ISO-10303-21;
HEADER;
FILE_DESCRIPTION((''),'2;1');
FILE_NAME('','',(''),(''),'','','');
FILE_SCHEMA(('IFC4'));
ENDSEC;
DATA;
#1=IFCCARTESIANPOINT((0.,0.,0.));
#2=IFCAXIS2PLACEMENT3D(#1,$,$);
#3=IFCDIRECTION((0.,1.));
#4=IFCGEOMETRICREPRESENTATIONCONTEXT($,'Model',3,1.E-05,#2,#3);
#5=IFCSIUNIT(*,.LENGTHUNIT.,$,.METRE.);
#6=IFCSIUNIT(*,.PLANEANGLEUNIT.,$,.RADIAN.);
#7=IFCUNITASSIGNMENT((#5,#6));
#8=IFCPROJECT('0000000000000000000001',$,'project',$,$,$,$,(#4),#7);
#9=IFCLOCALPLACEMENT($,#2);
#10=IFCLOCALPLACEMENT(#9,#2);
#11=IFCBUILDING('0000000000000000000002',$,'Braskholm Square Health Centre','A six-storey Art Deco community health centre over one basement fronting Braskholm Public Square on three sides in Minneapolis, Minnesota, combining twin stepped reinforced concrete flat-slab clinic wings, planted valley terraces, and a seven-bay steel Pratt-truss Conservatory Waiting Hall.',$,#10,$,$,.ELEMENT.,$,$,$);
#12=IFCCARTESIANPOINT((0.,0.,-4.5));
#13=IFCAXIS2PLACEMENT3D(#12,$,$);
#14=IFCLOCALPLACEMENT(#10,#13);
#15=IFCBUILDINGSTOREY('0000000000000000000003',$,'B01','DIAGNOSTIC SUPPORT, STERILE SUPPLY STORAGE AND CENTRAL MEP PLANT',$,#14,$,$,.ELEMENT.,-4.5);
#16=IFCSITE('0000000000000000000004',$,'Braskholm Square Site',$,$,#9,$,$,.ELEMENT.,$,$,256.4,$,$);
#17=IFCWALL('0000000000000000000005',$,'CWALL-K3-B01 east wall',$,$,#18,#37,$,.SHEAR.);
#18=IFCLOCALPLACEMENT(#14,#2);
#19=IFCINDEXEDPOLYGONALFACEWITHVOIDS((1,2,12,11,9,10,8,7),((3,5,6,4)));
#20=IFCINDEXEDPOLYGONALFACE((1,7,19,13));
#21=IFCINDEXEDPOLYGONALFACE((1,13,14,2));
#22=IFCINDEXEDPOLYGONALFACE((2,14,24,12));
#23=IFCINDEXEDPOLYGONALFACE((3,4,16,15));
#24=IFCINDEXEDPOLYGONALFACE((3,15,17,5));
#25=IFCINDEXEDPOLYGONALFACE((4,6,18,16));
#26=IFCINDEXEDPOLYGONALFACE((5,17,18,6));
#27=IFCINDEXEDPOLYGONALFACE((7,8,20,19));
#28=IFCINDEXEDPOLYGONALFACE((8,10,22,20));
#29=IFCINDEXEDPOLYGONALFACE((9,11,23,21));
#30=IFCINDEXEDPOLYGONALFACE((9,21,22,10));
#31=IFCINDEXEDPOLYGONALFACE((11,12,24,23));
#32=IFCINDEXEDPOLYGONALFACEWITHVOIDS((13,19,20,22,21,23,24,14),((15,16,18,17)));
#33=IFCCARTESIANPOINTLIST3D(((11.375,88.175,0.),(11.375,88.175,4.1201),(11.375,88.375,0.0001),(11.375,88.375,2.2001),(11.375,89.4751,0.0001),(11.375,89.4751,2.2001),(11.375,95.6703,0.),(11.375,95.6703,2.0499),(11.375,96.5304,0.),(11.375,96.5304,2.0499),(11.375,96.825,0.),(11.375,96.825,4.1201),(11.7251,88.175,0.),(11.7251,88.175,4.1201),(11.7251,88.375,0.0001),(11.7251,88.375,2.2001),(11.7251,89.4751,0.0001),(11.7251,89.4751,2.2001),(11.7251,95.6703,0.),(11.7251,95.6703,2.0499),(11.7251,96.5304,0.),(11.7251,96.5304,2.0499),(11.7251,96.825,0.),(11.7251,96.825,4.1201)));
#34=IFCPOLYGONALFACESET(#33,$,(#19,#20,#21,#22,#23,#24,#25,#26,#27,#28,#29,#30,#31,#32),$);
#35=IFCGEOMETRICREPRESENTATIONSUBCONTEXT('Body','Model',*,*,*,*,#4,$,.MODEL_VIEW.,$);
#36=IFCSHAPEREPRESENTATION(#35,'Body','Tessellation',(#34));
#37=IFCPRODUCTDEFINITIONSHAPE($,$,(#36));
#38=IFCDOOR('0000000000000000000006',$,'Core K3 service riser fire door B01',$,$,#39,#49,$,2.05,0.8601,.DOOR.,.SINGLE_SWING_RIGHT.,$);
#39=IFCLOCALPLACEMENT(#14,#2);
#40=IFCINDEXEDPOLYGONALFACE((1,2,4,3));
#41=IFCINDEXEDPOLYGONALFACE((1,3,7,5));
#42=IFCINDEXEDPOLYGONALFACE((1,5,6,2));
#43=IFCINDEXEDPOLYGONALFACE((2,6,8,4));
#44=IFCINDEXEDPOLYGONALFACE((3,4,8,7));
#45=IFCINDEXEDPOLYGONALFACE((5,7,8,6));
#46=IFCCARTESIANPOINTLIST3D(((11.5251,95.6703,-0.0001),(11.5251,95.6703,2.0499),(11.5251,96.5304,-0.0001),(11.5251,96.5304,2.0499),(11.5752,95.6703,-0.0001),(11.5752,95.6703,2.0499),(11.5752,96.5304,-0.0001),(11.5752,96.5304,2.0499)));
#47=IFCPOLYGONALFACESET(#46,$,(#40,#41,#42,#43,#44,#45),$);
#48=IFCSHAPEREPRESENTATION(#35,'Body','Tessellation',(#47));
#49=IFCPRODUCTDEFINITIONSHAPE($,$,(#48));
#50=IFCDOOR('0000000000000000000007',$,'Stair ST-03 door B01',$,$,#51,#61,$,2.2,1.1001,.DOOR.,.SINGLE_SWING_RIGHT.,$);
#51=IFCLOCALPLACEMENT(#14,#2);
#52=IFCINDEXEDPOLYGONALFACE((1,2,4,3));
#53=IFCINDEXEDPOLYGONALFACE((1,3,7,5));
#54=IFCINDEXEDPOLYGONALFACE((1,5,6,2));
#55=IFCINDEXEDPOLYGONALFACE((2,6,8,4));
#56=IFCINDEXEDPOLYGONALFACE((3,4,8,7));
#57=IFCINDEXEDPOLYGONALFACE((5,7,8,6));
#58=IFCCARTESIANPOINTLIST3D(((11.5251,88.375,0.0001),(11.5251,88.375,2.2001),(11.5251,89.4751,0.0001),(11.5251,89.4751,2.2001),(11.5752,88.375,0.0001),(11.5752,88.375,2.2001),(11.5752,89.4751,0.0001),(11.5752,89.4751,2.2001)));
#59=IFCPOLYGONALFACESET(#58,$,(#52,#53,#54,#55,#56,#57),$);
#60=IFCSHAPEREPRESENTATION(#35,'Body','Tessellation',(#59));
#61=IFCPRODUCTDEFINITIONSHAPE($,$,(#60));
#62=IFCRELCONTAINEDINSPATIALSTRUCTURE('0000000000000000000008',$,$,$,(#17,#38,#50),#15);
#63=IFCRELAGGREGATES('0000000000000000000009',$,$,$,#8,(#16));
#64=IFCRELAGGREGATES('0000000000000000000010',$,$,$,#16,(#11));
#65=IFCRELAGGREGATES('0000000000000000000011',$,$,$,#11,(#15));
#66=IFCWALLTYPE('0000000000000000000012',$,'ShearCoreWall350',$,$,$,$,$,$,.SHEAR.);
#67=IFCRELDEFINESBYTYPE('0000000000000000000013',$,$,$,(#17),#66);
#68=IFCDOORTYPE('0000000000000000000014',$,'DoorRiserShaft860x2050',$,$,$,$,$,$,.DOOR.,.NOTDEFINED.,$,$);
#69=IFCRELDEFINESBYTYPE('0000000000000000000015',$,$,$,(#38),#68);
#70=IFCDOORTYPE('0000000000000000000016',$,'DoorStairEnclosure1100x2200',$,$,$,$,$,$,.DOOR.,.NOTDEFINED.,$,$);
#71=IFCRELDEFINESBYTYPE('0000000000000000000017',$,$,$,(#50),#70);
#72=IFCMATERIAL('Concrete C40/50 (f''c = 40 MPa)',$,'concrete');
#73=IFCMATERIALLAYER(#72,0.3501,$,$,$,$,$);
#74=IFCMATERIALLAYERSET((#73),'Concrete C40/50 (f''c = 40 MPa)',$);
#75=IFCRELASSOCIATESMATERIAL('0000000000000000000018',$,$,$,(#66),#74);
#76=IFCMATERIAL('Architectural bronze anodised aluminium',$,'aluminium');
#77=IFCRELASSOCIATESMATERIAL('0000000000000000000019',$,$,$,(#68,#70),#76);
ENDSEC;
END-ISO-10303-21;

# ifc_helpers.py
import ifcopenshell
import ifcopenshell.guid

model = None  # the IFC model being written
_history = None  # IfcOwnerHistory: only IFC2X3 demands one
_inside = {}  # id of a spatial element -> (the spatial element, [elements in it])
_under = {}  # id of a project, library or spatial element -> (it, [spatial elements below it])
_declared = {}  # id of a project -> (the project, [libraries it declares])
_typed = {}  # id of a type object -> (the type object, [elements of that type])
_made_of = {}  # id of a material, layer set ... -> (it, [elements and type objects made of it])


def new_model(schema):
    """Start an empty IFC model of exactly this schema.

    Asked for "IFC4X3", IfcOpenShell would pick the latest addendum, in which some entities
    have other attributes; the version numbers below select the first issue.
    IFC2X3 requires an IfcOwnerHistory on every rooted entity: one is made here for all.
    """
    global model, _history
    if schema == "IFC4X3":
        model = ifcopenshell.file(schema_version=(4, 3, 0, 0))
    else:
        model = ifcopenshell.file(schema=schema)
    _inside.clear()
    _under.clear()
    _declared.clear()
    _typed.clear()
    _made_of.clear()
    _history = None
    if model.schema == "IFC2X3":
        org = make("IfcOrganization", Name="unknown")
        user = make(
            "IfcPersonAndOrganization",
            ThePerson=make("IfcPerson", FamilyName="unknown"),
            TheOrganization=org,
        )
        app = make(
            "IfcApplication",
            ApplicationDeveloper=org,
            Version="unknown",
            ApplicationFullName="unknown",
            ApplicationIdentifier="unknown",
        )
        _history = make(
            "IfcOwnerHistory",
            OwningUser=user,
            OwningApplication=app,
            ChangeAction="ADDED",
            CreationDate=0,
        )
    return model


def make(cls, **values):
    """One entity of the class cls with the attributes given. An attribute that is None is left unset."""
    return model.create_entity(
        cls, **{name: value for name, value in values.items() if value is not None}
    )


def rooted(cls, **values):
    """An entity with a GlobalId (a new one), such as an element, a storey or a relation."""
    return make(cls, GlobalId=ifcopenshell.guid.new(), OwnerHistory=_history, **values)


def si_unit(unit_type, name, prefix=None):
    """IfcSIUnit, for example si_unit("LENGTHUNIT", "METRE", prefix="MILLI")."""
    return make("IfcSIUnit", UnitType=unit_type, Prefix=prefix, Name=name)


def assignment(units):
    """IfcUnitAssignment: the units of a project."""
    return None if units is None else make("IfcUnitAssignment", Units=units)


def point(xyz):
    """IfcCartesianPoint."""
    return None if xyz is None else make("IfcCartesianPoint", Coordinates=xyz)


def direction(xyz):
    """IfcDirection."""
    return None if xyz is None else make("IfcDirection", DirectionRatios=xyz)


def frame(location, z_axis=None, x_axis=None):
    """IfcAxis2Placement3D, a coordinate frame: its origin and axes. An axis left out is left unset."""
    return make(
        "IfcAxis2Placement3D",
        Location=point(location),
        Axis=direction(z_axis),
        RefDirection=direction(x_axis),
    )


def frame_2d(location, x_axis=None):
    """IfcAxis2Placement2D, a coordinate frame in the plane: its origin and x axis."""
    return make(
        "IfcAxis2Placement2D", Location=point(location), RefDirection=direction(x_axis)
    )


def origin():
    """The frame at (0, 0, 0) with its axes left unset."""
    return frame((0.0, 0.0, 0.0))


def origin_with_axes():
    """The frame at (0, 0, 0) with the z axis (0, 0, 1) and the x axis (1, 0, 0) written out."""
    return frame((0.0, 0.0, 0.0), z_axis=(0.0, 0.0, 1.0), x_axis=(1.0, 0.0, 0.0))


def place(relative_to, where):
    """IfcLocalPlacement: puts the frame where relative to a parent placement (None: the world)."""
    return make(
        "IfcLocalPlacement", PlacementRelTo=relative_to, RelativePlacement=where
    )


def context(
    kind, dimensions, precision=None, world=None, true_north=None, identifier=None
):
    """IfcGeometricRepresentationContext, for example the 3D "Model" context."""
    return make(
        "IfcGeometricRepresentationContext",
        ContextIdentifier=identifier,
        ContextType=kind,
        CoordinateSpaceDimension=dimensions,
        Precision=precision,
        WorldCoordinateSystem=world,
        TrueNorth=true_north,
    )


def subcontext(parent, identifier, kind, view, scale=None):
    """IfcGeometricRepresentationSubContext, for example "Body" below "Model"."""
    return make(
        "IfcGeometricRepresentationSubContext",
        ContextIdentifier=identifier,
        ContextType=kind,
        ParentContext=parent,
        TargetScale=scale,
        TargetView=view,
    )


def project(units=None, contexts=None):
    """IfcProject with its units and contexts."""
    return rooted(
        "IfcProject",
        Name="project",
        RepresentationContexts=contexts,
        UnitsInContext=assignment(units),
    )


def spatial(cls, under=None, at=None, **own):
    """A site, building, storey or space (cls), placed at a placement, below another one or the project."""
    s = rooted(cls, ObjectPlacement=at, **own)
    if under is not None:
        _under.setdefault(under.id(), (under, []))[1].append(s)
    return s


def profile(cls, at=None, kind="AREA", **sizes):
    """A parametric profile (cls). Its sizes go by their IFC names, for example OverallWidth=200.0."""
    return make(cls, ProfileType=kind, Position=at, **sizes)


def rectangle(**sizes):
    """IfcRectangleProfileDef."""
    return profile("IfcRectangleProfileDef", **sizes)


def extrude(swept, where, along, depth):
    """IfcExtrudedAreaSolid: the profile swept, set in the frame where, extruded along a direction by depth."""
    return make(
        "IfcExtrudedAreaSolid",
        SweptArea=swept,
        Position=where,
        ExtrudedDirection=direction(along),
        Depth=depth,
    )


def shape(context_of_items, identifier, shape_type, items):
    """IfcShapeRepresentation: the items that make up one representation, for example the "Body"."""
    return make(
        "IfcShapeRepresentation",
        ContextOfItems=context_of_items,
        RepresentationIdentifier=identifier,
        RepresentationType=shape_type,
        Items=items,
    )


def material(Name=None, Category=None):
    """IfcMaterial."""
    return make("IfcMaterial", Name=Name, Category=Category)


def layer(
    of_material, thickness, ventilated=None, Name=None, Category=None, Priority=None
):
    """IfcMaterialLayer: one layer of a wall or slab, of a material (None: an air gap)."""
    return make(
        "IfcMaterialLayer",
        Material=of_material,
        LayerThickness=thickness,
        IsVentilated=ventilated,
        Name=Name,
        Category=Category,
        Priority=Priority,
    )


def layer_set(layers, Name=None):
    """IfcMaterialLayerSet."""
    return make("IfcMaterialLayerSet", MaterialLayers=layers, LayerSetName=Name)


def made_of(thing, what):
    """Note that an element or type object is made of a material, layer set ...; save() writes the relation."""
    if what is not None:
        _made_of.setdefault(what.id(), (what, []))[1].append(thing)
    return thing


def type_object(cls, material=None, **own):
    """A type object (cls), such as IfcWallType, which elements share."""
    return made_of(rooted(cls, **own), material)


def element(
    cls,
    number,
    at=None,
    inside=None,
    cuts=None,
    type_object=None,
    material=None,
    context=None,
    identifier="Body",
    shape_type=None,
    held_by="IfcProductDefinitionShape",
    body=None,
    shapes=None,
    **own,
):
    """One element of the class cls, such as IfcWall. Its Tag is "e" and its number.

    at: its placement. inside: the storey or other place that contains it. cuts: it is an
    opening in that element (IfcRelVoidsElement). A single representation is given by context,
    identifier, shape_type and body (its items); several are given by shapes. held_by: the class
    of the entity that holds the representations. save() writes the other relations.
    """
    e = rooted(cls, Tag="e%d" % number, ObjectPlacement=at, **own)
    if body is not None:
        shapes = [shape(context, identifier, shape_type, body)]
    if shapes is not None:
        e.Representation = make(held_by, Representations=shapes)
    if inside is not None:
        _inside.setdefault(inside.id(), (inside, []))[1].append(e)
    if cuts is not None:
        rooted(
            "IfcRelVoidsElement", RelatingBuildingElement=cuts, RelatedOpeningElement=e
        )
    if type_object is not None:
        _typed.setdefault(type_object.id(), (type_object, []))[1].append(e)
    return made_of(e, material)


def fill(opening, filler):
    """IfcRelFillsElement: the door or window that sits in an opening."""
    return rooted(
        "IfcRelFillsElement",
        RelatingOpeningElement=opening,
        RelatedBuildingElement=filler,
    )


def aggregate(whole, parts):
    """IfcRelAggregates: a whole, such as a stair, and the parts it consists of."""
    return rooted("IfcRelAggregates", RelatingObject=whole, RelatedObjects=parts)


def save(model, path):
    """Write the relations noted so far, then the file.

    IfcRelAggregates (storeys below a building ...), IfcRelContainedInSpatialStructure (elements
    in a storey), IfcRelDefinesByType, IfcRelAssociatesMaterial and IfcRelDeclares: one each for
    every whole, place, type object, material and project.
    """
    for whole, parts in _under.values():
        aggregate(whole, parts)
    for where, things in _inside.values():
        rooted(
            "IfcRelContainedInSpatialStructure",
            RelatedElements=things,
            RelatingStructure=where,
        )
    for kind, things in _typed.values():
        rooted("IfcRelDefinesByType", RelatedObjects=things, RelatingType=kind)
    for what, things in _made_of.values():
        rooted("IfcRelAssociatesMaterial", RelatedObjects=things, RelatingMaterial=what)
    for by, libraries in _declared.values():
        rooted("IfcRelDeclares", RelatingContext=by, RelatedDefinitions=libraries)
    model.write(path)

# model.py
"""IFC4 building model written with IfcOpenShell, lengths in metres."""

from ifc_helpers import new_model, si_unit, direction, frame, frame_2d, origin, origin_with_axes, place, context, subcontext, project, spatial, rectangle, extrude, material, layer, layer_set, type_object, element, fill, save


model = new_model("IFC4")

# Units and contexts
model_context = context("Model", 3, precision=1e-05, world=origin(), true_north=direction((0.0, 1.0)))
body_context = subcontext(model_context, "Body", "Model", "MODEL_VIEW")
ifc_project = project(units=[si_unit("LENGTHUNIT", "METRE"), si_unit("PLANEANGLEUNIT", "RADIAN")], contexts=[model_context])

# Site, building, storey
site_placement = place(None, origin())
site = spatial("IfcSite", under=ifc_project, at=site_placement, Name="Braskholm Square Site", CompositionType="ELEMENT", RefElevation=256.4)
building_placement = place(site_placement, origin())
building = spatial("IfcBuilding", under=site, at=building_placement, Name="Braskholm Square Health Centre", Description="A six-storey Art Deco community health centre over one basement fronting Braskholm Public Square on three sides in Minneapolis, Minnesota, combining twin stepped reinforced concrete flat-slab clinic wings, planted valley terraces, and a seven-bay steel Pratt-truss Conservatory Waiting Hall.", CompositionType="ELEMENT")
storey_placement = place(building_placement, frame((0.0, 0.0, -4.5)))
storey = spatial("IfcBuildingStorey", under=building, at=storey_placement, Name="B01", Description="DIAGNOSTIC SUPPORT, STERILE SUPPLY STORAGE AND CENTRAL MEP PLANT", CompositionType="ELEMENT", Elevation=-4.5)

# Shared definitions
ifc_material_1 = material(Name="Concrete C40/50 (f'c = 40 MPa)", Category="concrete")

# Shared definitions
ifc_material_2 = material(Name="Architectural bronze anodised aluminium", Category="aluminium")

# Wall, openings, doors
ifc_layer_1 = layer(ifc_material_1, 0.3501)
ifc_layer_set_1 = layer_set([ifc_layer_1], Name="Concrete C40/50 (f'c = 40 MPa)")
wall_type_1 = type_object("IfcWallType", Name="ShearCoreWall350", PredefinedType="SHEAR", material=ifc_layer_set_1)
wall_1_placement = place(storey_placement, frame((11.55, 88.175, 0.0), z_axis=(0.0, 0.0, 1.0), x_axis=(0.0, 1.0, 0.0)))
wall_1 = element("IfcWall", 1, at=wall_1_placement, inside=storey, type_object=wall_type_1, Name="CWALL-K3-B01 east wall", PredefinedType="SHEAR", context=body_context, shape_type="SweptSolid", body=[
    extrude(rectangle(XDim=8.6499, YDim=0.3501, at=frame_2d((4.325, 0.0))), origin(), (0.0, 0.0, 1.0), 4.1201),
])
opening_1_placement = place(wall_1_placement, frame((0.2, 0.0, 0.0)))
opening_1 = element("IfcOpeningElement", 2, at=opening_1_placement, cuts=wall_1, PredefinedType="OPENING", context=body_context, shape_type="SweptSolid", body=[
    extrude(rectangle(XDim=1.1001, YDim=2.2, at=frame_2d((0.55, 1.1001))), frame((0.0, 0.1851, 0.0), z_axis=(0.0, -1.0, 0.0), x_axis=(1.0, 0.0, 0.0)), (0.0, 0.0, 1.0), 0.3701),
])
opening_2_placement = place(wall_1_placement, frame((7.4951, 0.0, 0.0)))
opening_2 = element("IfcOpeningElement", 3, at=opening_2_placement, cuts=wall_1, PredefinedType="OPENING", context=body_context, shape_type="SweptSolid", body=[
    extrude(rectangle(XDim=0.8601, YDim=2.05, at=frame_2d((0.4302, 1.0249))), frame((0.0, 0.1851, 0.0), z_axis=(0.0, -1.0, 0.0), x_axis=(1.0, 0.0, 0.0)), (0.0, 0.0, 1.0), 0.3701),
])
door_type_1 = type_object("IfcDoorType", Name="DoorRiserShaft860x2050", OperationType="NOTDEFINED", PredefinedType="DOOR", material=ifc_material_2)
door_1_placement = place(opening_2_placement, origin_with_axes())
door_1 = element("IfcDoor", 4, at=door_1_placement, inside=storey, type_object=door_type_1, Name="Core K3 service riser fire door B01", OperationType="SINGLE_SWING_RIGHT", OverallHeight=2.05, OverallWidth=0.8601, PredefinedType="DOOR", context=body_context, shape_type="SweptSolid", body=[
    extrude(rectangle(XDim=0.8601, YDim=2.05, at=frame_2d((0.4302, 1.0249))), frame((0.0, 0.0249, 0.0), z_axis=(0.0, -1.0, 0.0), x_axis=(1.0, 0.0, 0.0)), (0.0, 0.0, 1.0), 0.05),
])
fill(opening_2, door_1)
door_type_2 = type_object("IfcDoorType", Name="DoorStairEnclosure1100x2200", OperationType="NOTDEFINED", PredefinedType="DOOR", material=ifc_material_2)
door_2_placement = place(opening_1_placement, origin_with_axes())
door_2 = element("IfcDoor", 5, at=door_2_placement, inside=storey, type_object=door_type_2, Name="Stair ST-03 door B01", OperationType="SINGLE_SWING_RIGHT", OverallHeight=2.2, OverallWidth=1.1001, PredefinedType="DOOR", context=body_context, shape_type="SweptSolid", body=[
    extrude(rectangle(XDim=1.1001, YDim=2.2, at=frame_2d((0.55, 1.1001))), frame((0.0, 0.0249, 0.0), z_axis=(0.0, -1.0, 0.0), x_axis=(1.0, 0.0, 0.0)), (0.0, 0.0, 1.0), 0.05),
])
fill(opening_1, door_2)

save(model, "model.ifc")
